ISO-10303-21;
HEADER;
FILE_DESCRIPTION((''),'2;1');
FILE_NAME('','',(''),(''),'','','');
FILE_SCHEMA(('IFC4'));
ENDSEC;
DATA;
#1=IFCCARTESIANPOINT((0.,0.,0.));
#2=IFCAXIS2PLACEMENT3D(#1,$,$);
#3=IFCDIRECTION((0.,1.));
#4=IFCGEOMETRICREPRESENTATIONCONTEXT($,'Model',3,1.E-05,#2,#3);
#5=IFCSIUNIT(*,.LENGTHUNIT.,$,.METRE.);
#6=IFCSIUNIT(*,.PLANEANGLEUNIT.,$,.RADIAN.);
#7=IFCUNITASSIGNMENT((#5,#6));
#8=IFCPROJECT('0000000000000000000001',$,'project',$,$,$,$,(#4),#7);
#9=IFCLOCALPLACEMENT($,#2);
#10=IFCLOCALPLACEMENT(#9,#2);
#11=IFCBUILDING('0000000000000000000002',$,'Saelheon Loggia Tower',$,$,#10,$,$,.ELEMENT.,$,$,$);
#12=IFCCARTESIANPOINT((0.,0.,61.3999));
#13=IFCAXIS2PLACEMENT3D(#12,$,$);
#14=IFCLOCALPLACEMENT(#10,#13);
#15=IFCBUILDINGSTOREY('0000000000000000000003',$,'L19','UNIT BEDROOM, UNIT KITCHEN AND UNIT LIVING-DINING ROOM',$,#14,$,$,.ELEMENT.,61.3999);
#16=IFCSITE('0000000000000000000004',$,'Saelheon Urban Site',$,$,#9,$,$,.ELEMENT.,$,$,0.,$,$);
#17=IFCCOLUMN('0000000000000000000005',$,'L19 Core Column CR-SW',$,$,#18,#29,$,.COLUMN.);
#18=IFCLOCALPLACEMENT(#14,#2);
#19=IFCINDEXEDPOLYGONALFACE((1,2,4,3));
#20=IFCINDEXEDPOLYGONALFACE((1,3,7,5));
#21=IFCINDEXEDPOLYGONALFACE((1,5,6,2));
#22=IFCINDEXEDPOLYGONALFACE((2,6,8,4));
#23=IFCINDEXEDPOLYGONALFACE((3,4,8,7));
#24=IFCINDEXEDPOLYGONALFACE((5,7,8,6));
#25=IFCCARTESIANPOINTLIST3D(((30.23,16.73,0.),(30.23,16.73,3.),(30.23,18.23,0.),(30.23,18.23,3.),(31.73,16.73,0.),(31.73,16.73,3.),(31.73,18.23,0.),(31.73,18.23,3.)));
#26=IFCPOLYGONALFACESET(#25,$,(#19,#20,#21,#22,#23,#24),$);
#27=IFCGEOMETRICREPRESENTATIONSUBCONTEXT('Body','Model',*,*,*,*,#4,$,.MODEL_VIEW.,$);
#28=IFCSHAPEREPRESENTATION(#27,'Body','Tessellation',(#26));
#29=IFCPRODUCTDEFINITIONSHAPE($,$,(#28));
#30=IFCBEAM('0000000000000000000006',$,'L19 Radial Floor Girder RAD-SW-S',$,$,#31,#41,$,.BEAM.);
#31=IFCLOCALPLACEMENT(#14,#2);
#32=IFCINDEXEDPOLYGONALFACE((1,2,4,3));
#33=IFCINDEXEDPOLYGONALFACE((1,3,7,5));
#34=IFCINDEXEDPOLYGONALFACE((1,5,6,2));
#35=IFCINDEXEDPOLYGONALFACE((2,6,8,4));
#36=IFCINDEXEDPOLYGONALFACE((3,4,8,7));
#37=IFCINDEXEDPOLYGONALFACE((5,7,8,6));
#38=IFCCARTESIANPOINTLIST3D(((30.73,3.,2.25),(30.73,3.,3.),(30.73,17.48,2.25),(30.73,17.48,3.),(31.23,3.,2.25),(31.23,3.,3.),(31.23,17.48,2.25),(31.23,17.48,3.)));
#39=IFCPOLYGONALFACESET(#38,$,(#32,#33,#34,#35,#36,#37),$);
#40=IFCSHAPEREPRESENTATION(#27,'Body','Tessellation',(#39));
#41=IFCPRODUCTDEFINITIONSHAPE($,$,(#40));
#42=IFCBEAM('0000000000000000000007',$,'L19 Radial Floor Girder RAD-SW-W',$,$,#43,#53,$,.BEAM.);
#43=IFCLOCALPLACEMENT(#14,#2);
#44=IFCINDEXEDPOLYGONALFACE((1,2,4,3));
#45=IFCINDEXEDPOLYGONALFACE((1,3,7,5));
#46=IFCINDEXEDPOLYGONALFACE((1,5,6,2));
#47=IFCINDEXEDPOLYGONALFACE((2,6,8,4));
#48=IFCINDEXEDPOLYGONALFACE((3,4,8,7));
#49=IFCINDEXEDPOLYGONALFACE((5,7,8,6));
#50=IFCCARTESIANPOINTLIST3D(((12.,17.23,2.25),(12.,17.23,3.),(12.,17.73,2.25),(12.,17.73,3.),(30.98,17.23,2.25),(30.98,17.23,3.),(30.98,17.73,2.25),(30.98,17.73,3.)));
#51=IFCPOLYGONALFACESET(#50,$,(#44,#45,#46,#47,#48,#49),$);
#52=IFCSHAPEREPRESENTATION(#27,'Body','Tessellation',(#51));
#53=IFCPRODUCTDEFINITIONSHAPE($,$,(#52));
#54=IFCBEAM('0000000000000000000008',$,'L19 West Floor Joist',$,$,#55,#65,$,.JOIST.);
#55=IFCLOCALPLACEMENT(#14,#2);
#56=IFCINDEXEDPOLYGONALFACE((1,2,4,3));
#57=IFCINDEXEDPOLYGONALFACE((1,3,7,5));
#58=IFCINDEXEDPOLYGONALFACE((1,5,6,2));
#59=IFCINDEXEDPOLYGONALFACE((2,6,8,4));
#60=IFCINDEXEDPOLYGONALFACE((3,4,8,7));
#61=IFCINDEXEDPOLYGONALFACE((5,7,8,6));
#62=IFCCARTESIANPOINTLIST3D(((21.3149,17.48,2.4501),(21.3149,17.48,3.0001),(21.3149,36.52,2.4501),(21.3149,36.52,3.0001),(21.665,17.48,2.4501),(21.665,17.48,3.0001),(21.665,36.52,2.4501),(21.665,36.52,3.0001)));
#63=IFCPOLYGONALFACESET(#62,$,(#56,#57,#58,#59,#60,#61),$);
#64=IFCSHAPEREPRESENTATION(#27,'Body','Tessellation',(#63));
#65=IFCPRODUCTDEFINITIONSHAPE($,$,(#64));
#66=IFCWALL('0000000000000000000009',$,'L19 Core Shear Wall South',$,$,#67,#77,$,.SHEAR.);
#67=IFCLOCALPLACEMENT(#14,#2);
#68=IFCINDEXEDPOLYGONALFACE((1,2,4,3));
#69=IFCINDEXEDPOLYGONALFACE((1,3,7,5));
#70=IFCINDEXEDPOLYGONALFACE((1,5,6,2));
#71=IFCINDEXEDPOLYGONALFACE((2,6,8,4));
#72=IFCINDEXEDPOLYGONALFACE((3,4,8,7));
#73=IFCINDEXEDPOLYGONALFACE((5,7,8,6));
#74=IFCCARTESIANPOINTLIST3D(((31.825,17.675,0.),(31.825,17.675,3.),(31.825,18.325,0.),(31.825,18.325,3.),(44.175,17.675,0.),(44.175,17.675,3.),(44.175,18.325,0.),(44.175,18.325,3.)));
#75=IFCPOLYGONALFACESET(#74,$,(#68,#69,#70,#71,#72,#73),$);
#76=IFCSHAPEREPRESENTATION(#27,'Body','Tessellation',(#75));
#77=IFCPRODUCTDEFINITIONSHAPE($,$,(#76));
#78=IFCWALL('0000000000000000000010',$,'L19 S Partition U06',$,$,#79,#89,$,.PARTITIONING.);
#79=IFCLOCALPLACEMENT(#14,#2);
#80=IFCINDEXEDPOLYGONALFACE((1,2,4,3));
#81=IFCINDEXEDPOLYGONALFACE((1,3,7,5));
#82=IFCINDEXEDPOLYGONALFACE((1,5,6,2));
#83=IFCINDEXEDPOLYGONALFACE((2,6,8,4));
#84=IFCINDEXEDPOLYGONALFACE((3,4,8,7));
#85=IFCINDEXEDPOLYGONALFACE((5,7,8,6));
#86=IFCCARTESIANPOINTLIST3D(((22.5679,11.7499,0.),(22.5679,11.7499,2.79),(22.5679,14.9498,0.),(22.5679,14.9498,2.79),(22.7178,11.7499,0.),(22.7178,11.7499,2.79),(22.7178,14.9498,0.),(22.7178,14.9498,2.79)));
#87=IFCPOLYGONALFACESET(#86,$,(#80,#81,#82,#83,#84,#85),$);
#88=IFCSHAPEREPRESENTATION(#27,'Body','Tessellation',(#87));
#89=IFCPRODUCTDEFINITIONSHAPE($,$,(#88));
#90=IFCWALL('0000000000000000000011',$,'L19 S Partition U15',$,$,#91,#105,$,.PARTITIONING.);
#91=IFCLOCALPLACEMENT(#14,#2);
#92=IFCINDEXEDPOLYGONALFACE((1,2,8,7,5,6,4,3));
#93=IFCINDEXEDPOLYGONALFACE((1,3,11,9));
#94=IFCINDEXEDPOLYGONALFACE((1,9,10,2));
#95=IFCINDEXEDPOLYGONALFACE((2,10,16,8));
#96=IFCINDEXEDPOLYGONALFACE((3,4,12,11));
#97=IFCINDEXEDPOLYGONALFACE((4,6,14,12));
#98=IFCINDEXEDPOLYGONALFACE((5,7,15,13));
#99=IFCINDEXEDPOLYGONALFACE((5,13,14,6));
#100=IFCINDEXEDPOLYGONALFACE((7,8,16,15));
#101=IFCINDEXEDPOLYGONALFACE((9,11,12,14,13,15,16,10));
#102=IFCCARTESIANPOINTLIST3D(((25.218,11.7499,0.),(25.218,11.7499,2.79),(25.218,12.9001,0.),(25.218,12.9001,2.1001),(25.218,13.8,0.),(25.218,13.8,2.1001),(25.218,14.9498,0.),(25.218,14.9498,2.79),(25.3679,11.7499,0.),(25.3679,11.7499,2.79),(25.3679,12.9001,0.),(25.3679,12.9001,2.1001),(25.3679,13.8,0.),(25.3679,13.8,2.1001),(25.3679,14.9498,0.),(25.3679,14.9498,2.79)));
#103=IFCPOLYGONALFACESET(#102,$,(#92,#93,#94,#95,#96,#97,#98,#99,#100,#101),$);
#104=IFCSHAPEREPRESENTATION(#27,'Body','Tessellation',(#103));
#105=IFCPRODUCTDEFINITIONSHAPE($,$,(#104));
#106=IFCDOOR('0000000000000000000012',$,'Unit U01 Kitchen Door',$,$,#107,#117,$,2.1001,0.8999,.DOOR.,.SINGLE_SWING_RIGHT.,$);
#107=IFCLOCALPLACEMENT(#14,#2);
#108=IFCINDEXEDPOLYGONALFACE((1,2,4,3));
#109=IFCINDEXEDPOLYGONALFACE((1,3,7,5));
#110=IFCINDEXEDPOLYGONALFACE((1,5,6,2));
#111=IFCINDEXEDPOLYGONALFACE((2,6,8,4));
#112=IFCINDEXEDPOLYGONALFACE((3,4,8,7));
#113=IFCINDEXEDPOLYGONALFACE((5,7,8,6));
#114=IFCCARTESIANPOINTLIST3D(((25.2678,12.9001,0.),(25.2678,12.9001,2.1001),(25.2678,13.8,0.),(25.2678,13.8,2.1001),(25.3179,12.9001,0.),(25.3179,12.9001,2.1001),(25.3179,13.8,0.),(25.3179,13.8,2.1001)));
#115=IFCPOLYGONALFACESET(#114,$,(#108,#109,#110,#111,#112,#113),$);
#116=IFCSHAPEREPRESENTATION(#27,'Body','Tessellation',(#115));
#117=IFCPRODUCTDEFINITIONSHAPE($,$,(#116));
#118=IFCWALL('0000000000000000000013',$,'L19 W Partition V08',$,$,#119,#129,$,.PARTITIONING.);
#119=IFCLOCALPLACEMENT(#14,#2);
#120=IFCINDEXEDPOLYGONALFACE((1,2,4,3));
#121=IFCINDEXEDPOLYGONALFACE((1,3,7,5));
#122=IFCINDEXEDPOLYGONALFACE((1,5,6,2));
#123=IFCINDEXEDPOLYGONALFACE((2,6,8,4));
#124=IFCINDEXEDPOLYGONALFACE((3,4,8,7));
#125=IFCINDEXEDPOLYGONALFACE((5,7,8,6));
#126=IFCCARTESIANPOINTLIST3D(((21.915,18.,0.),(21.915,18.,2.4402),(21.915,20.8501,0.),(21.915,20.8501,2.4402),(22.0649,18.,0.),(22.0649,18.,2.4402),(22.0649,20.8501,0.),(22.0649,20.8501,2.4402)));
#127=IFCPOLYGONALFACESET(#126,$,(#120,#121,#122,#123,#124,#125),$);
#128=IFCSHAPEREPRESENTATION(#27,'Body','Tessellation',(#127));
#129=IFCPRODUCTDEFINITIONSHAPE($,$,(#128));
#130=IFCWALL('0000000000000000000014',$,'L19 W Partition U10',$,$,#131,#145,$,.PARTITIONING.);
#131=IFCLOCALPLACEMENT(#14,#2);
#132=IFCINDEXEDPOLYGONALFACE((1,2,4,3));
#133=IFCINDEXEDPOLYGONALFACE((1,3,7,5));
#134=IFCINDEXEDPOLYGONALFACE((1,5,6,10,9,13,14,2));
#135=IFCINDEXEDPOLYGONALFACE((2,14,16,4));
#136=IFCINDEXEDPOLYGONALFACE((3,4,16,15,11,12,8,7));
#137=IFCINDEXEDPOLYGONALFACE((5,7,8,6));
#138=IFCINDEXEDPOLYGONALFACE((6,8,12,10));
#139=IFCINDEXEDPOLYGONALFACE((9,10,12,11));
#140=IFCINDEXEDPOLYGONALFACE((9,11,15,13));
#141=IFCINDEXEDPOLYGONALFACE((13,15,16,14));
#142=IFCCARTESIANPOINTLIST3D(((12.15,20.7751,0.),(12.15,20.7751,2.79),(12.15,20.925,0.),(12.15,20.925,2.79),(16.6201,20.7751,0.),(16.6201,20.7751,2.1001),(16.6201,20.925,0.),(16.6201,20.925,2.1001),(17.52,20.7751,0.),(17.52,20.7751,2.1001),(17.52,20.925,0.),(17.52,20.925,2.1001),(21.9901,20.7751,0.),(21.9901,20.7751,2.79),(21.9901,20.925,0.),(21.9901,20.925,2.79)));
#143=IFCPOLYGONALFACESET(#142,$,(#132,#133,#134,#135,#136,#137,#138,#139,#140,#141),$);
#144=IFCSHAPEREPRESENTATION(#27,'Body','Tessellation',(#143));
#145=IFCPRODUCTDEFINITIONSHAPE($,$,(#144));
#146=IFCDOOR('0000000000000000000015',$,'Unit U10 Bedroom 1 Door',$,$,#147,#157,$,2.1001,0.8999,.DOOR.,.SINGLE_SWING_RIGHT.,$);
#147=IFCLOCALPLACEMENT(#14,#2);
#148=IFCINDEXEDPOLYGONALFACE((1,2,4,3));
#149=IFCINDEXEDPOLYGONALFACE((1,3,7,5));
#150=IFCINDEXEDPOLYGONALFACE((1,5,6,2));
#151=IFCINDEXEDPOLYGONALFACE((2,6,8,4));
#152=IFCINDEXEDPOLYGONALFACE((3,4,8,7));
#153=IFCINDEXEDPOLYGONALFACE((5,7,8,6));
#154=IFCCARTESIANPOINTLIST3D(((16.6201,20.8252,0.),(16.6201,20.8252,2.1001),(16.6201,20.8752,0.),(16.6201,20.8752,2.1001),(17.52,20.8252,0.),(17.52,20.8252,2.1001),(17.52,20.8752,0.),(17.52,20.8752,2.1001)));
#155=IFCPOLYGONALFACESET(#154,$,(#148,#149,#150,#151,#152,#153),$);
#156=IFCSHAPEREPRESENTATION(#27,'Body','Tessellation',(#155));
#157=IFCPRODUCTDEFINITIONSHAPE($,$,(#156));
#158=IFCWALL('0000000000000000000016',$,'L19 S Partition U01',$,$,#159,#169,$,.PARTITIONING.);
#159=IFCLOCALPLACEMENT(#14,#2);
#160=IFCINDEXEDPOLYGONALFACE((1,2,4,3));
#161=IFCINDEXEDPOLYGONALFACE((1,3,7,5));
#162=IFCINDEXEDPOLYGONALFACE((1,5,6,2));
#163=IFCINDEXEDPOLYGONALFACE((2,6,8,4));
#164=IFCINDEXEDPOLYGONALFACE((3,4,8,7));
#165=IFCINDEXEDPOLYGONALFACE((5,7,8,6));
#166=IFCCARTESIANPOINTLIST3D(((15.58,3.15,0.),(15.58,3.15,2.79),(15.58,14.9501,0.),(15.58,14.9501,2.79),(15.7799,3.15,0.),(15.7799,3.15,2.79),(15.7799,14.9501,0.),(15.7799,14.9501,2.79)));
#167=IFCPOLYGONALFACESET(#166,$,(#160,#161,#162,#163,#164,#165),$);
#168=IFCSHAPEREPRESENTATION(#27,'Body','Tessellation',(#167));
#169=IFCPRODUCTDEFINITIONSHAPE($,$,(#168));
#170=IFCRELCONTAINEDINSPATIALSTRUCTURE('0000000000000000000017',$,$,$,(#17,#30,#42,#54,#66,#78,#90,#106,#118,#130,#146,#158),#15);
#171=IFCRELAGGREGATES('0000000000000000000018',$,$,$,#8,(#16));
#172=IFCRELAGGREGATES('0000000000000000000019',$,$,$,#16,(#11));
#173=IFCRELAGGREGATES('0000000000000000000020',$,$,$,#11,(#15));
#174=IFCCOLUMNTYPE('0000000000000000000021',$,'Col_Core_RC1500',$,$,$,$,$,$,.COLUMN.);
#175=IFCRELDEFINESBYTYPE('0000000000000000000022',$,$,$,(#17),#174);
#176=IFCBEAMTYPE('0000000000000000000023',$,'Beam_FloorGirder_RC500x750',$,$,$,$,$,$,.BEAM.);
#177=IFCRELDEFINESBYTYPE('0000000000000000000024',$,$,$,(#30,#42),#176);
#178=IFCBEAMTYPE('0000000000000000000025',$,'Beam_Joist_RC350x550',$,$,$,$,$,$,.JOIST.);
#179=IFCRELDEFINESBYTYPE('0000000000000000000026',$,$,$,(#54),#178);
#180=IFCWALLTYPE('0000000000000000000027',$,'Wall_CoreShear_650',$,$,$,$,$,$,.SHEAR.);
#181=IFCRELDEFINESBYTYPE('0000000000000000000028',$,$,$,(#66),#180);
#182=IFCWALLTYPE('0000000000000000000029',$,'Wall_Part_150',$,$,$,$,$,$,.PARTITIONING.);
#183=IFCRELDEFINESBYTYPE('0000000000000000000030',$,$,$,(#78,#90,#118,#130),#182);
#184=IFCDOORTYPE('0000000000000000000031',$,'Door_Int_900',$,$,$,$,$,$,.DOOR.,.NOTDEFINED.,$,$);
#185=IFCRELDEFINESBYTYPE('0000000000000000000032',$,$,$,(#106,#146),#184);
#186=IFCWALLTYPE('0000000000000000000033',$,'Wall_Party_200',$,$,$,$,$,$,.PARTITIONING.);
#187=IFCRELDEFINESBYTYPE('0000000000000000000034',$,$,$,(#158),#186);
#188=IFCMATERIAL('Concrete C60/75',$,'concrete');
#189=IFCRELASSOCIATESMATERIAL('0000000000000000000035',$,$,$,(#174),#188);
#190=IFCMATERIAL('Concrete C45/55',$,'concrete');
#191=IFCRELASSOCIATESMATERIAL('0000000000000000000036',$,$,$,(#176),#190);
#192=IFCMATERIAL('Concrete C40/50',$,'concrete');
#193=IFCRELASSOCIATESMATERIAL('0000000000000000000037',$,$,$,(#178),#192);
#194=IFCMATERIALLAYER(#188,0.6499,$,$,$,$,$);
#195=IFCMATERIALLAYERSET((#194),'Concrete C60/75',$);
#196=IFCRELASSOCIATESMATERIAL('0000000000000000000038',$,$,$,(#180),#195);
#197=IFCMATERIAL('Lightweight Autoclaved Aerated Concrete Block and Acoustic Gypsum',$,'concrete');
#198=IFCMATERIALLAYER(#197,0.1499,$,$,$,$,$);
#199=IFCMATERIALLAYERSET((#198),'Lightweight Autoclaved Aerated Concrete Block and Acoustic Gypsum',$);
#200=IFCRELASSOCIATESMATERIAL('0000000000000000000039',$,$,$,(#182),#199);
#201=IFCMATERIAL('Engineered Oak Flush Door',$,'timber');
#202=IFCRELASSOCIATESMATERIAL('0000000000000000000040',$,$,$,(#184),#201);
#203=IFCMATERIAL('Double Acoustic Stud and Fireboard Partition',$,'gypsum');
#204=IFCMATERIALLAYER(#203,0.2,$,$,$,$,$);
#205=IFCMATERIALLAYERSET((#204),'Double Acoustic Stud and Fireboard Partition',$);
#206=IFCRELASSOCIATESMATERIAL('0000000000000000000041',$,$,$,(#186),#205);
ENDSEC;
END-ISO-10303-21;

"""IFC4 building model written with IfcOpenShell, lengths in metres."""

from ifc_helpers import new_model, si_unit, direction, frame, frame_2d, origin, origin_2d, place, context, subcontext, project, spatial, rectangle, extrude, source, transform, mapped, material, layer, layer_set, material_profile, profile_set, type_object, element, fill, save


model = new_model("IFC4")

# Units and contexts
model_context = context("Model", 3, precision=1e-05, world=origin(), true_north=direction((0.0, 1.0)))
body_context = subcontext(model_context, "Body", "Model", "MODEL_VIEW")
ifc_project = project(units=[si_unit("LENGTHUNIT", "METRE"), si_unit("PLANEANGLEUNIT", "RADIAN")], contexts=[model_context])

# Site, building, storey
site_placement = place(None, origin())
site = spatial("IfcSite", under=ifc_project, at=site_placement, Name="Saelheon Urban Site", CompositionType="ELEMENT", RefElevation=0.0)
building_placement = place(site_placement, origin())
building = spatial("IfcBuilding", under=site, at=building_placement, Name="Saelheon Loggia Tower", CompositionType="ELEMENT")
storey_placement = place(building_placement, frame((0.0, 0.0, 61.3999)))
storey = spatial("IfcBuildingStorey", under=building, at=storey_placement, Name="L19", Description="UNIT BEDROOM, UNIT KITCHEN AND UNIT LIVING-DINING ROOM", CompositionType="ELEMENT", Elevation=61.3999)

# Column
ifc_material_1 = material(Name="Concrete C60/75", Category="concrete")
ifc_material_profile_1 = material_profile(ifc_material_1, rectangle(XDim=1.5, YDim=1.5, at=origin_2d()), Name="RC-1500x1500")
ifc_profile_set_1 = profile_set([ifc_material_profile_1], Name="Concrete C60/75")
column_type = type_object("IfcColumnType", Name="Col_Core_RC1500", PredefinedType="COLUMN", material=ifc_profile_set_1)
shared_shape_1 = source(origin(), body_context, "Body", "SweptSolid", [
    extrude(rectangle(XDim=1.5, YDim=1.5, at=origin_2d()), origin(), (0.0, 0.0, 1.0), 3.0),
])
column_placement = place(storey_placement, frame((30.98, 17.48, 0.0), z_axis=(0.0, 0.0, 1.0), x_axis=(1.0, 0.0, 0.0)))
element("IfcColumn", 1, at=column_placement, inside=storey, type_object=column_type, Name="L19 Core Column CR-SW", PredefinedType="COLUMN", context=body_context, shape_type="MappedRepresentation", body=[
    mapped(shared_shape_1, transform((0.0, 0.0, 0.0), scale=1.0)),
])

# Beams
ifc_material_2 = material(Name="Concrete C45/55", Category="concrete")
ifc_material_profile_2 = material_profile(ifc_material_2, rectangle(XDim=0.5, YDim=0.75, at=origin_2d()), Name="RC-500x750")
ifc_profile_set_2 = profile_set([ifc_material_profile_2], Name="Concrete C45/55")
beam_type_1 = type_object("IfcBeamType", Name="Beam_FloorGirder_RC500x750", PredefinedType="BEAM", material=ifc_profile_set_2)
shared_shape_2 = source(origin(), body_context, "Body", "SweptSolid", [
    extrude(rectangle(XDim=0.5, YDim=0.75, at=origin_2d()), origin(), (0.0, 0.0, 1.0), 14.48),
])
beam_1_placement = place(storey_placement, frame((30.98, 17.48, 2.625), z_axis=(0.0, -1.0, 0.0), x_axis=(1.0, 0.0, 0.0)))
element("IfcBeam", 2, at=beam_1_placement, inside=storey, type_object=beam_type_1, Name="L19 Radial Floor Girder RAD-SW-S", PredefinedType="BEAM", context=body_context, shape_type="MappedRepresentation", body=[
    mapped(shared_shape_2, transform((0.0, 0.0, 0.0), scale=1.0)),
])
shared_shape_3 = source(origin(), body_context, "Body", "SweptSolid", [
    extrude(rectangle(XDim=0.5, YDim=0.75, at=origin_2d()), origin(), (0.0, 0.0, 1.0), 18.98),
])
beam_2_placement = place(storey_placement, frame((30.98, 17.48, 2.625), z_axis=(-1.0, 0.0, 0.0), x_axis=(0.0, -1.0, 0.0)))
element("IfcBeam", 3, at=beam_2_placement, inside=storey, type_object=beam_type_1, Name="L19 Radial Floor Girder RAD-SW-W", PredefinedType="BEAM", context=body_context, shape_type="MappedRepresentation", body=[
    mapped(shared_shape_3, transform((0.0, 0.0, 0.0), scale=1.0)),
])
ifc_material_3 = material(Name="Concrete C40/50", Category="concrete")
ifc_material_profile_3 = material_profile(ifc_material_3, rectangle(XDim=0.3501, YDim=0.55, at=origin_2d()), Name="RC-350x550")
ifc_profile_set_3 = profile_set([ifc_material_profile_3], Name="Concrete C40/50")
beam_type_2 = type_object("IfcBeamType", Name="Beam_Joist_RC350x550", PredefinedType="JOIST", material=ifc_profile_set_3)
shared_shape_4 = source(origin(), body_context, "Body", "SweptSolid", [
    extrude(rectangle(XDim=0.3501, YDim=0.55, at=origin_2d()), origin(), (0.0, 0.0, 1.0), 19.04),
])
beam_3_placement = place(storey_placement, frame((21.49, 17.48, 2.7251), z_axis=(0.0, 1.0, 0.0), x_axis=(-1.0, 0.0, 0.0)))
element("IfcBeam", 4, at=beam_3_placement, inside=storey, type_object=beam_type_2, Name="L19 West Floor Joist", PredefinedType="JOIST", context=body_context, shape_type="MappedRepresentation", body=[
    mapped(shared_shape_4, transform((0.0, 0.0, 0.0), scale=1.0)),
])

# Shared definitions
ifc_layer_1 = layer(ifc_material_1, 0.6499)
ifc_layer_set_1 = layer_set([ifc_layer_1], Name="Concrete C60/75")
wall_type_1 = type_object("IfcWallType", Name="Wall_CoreShear_650", PredefinedType="SHEAR", material=ifc_layer_set_1)

# Walls
wall_1_placement = place(storey_placement, frame((31.825, 18.0, 0.0), z_axis=(0.0, 0.0, 1.0), x_axis=(1.0, 0.0, 0.0)))
element("IfcWall", 5, at=wall_1_placement, inside=storey, type_object=wall_type_1, Name="L19 Core Shear Wall South", PredefinedType="SHEAR", context=body_context, shape_type="SweptSolid", body=[
    extrude(rectangle(XDim=12.3501, YDim=0.6499, at=frame_2d((6.175, 0.0))), origin(), (0.0, 0.0, 1.0), 3.0),
])
ifc_material_4 = material(Name="Lightweight Autoclaved Aerated Concrete Block and Acoustic Gypsum", Category="concrete")
ifc_layer_2 = layer(ifc_material_4, 0.1499)
ifc_layer_set_2 = layer_set([ifc_layer_2], Name="Lightweight Autoclaved Aerated Concrete Block and Acoustic Gypsum")
wall_type_2 = type_object("IfcWallType", Name="Wall_Part_150", PredefinedType="PARTITIONING", material=ifc_layer_set_2)
wall_2_placement = place(storey_placement, frame((22.6428, 14.95, 0.0), z_axis=(0.0, 0.0, 1.0), x_axis=(0.0, -1.0, 0.0)))
element("IfcWall", 6, at=wall_2_placement, inside=storey, type_object=wall_type_2, Name="L19 S Partition U06", PredefinedType="PARTITIONING", context=body_context, shape_type="SweptSolid", body=[
    extrude(rectangle(XDim=3.2, YDim=0.1499, at=frame_2d((1.6001, 0.0))), origin(), (0.0, 0.0, 1.0), 2.79),
])

# Wall, opening, door
wall_3_placement = place(storey_placement, frame((25.293, 14.95, 0.0), z_axis=(0.0, 0.0, 1.0), x_axis=(0.0, -1.0, 0.0)))
wall_3 = element("IfcWall", 7, at=wall_3_placement, inside=storey, type_object=wall_type_2, Name="L19 S Partition U15", PredefinedType="PARTITIONING", context=body_context, shape_type="SweptSolid", body=[
    extrude(rectangle(XDim=3.2, YDim=0.1499, at=frame_2d((1.6001, 0.0))), origin(), (0.0, 0.0, 1.0), 2.79),
])
opening_1_placement = place(wall_3_placement, frame((1.1499, 0.0, 0.0)))
opening_1 = element("IfcOpeningElement", 8, at=opening_1_placement, cuts=wall_3, PredefinedType="OPENING", context=body_context, shape_type="SweptSolid", body=[
    extrude(rectangle(XDim=0.8999, YDim=2.1001, at=frame_2d((0.45, 1.05))), frame((0.0, 0.0869, 0.0), z_axis=(0.0, -1.0, 0.0), x_axis=(1.0, 0.0, 0.0)), (0.0, 0.0, 1.0), 0.1738),
])
ifc_material_5 = material(Name="Engineered Oak Flush Door", Category="timber")
door_type_1 = type_object("IfcDoorType", Name="Door_Int_900", OperationType="NOTDEFINED", PredefinedType="DOOR", material=ifc_material_5)
shared_shape_5 = source(origin(), body_context, "Body", "SweptSolid", [
    extrude(rectangle(XDim=0.8999, YDim=2.1001, at=frame_2d((0.45, 1.05))), frame((0.0, 0.0249, 0.0), z_axis=(0.0, -1.0, 0.0), x_axis=(1.0, 0.0, 0.0)), (0.0, 0.0, 1.0), 0.05),
])
door_1_placement = place(opening_1_placement, origin())
door_1 = element("IfcDoor", 9, at=door_1_placement, inside=storey, type_object=door_type_1, Name="Unit U01 Kitchen Door", OperationType="SINGLE_SWING_RIGHT", OverallHeight=2.1001, OverallWidth=0.8999, PredefinedType="DOOR", context=body_context, shape_type="MappedRepresentation", body=[
    mapped(shared_shape_5, transform((0.0, 0.0, 0.0), scale=1.0)),
])
fill(opening_1, door_1)

# Wall
wall_4_placement = place(storey_placement, frame((21.99, 18.0, 0.0), z_axis=(0.0, 0.0, 1.0), x_axis=(0.0, 1.0, 0.0)))
element("IfcWall", 10, at=wall_4_placement, inside=storey, type_object=wall_type_2, Name="L19 W Partition V08", PredefinedType="PARTITIONING", context=body_context, shape_type="SweptSolid", body=[
    extrude(rectangle(XDim=2.8501, YDim=0.1499, at=frame_2d((1.425, 0.0))), origin(), (0.0, 0.0, 1.0), 2.4402),
])

# Wall, opening, door
wall_5_placement = place(storey_placement, frame((21.99, 20.8501, 0.0), z_axis=(0.0, 0.0, 1.0), x_axis=(-1.0, 0.0, 0.0)))
wall_5 = element("IfcWall", 11, at=wall_5_placement, inside=storey, type_object=wall_type_2, Name="L19 W Partition U10", PredefinedType="PARTITIONING", context=body_context, shape_type="SweptSolid", body=[
    extrude(rectangle(XDim=9.8401, YDim=0.1499, at=frame_2d((4.9199, 0.0))), origin(), (0.0, 0.0, 1.0), 2.79),
])
opening_2_placement = place(wall_5_placement, frame((4.47, 0.0, 0.0)))
opening_2 = element("IfcOpeningElement", 12, at=opening_2_placement, cuts=wall_5, PredefinedType="OPENING", context=body_context, shape_type="SweptSolid", body=[
    extrude(rectangle(XDim=0.8999, YDim=2.1001, at=frame_2d((0.45, 1.05))), frame((0.0, 0.0869, 0.0), z_axis=(0.0, -1.0, 0.0), x_axis=(1.0, 0.0, 0.0)), (0.0, 0.0, 1.0), 0.1738),
])
door_2_placement = place(opening_2_placement, origin())
door_2 = element("IfcDoor", 13, at=door_2_placement, inside=storey, type_object=door_type_1, Name="Unit U10 Bedroom 1 Door", OperationType="SINGLE_SWING_RIGHT", OverallHeight=2.1001, OverallWidth=0.8999, PredefinedType="DOOR", context=body_context, shape_type="MappedRepresentation", body=[
    mapped(shared_shape_5, transform((0.0, 0.0, 0.0), scale=1.0)),
])
fill(opening_2, door_2)

# Wall
ifc_material_6 = material(Name="Double Acoustic Stud and Fireboard Partition", Category="gypsum")
ifc_layer_3 = layer(ifc_material_6, 0.2)
ifc_layer_set_3 = layer_set([ifc_layer_3], Name="Double Acoustic Stud and Fireboard Partition")
wall_type_3 = type_object("IfcWallType", Name="Wall_Party_200", PredefinedType="PARTITIONING", material=ifc_layer_set_3)
wall_6_placement = place(storey_placement, frame((15.6799, 14.95, 0.0), z_axis=(0.0, 0.0, 1.0), x_axis=(0.0, -1.0, 0.0)))
element("IfcWall", 14, at=wall_6_placement, inside=storey, type_object=wall_type_3, Name="L19 S Partition U01", PredefinedType="PARTITIONING", context=body_context, shape_type="SweptSolid", body=[
    extrude(rectangle(XDim=11.8, YDim=0.2, at=frame_2d((5.8999, 0.0))), origin(), (0.0, 0.0, 1.0), 2.79),
])

save(model, "model.ifc")
